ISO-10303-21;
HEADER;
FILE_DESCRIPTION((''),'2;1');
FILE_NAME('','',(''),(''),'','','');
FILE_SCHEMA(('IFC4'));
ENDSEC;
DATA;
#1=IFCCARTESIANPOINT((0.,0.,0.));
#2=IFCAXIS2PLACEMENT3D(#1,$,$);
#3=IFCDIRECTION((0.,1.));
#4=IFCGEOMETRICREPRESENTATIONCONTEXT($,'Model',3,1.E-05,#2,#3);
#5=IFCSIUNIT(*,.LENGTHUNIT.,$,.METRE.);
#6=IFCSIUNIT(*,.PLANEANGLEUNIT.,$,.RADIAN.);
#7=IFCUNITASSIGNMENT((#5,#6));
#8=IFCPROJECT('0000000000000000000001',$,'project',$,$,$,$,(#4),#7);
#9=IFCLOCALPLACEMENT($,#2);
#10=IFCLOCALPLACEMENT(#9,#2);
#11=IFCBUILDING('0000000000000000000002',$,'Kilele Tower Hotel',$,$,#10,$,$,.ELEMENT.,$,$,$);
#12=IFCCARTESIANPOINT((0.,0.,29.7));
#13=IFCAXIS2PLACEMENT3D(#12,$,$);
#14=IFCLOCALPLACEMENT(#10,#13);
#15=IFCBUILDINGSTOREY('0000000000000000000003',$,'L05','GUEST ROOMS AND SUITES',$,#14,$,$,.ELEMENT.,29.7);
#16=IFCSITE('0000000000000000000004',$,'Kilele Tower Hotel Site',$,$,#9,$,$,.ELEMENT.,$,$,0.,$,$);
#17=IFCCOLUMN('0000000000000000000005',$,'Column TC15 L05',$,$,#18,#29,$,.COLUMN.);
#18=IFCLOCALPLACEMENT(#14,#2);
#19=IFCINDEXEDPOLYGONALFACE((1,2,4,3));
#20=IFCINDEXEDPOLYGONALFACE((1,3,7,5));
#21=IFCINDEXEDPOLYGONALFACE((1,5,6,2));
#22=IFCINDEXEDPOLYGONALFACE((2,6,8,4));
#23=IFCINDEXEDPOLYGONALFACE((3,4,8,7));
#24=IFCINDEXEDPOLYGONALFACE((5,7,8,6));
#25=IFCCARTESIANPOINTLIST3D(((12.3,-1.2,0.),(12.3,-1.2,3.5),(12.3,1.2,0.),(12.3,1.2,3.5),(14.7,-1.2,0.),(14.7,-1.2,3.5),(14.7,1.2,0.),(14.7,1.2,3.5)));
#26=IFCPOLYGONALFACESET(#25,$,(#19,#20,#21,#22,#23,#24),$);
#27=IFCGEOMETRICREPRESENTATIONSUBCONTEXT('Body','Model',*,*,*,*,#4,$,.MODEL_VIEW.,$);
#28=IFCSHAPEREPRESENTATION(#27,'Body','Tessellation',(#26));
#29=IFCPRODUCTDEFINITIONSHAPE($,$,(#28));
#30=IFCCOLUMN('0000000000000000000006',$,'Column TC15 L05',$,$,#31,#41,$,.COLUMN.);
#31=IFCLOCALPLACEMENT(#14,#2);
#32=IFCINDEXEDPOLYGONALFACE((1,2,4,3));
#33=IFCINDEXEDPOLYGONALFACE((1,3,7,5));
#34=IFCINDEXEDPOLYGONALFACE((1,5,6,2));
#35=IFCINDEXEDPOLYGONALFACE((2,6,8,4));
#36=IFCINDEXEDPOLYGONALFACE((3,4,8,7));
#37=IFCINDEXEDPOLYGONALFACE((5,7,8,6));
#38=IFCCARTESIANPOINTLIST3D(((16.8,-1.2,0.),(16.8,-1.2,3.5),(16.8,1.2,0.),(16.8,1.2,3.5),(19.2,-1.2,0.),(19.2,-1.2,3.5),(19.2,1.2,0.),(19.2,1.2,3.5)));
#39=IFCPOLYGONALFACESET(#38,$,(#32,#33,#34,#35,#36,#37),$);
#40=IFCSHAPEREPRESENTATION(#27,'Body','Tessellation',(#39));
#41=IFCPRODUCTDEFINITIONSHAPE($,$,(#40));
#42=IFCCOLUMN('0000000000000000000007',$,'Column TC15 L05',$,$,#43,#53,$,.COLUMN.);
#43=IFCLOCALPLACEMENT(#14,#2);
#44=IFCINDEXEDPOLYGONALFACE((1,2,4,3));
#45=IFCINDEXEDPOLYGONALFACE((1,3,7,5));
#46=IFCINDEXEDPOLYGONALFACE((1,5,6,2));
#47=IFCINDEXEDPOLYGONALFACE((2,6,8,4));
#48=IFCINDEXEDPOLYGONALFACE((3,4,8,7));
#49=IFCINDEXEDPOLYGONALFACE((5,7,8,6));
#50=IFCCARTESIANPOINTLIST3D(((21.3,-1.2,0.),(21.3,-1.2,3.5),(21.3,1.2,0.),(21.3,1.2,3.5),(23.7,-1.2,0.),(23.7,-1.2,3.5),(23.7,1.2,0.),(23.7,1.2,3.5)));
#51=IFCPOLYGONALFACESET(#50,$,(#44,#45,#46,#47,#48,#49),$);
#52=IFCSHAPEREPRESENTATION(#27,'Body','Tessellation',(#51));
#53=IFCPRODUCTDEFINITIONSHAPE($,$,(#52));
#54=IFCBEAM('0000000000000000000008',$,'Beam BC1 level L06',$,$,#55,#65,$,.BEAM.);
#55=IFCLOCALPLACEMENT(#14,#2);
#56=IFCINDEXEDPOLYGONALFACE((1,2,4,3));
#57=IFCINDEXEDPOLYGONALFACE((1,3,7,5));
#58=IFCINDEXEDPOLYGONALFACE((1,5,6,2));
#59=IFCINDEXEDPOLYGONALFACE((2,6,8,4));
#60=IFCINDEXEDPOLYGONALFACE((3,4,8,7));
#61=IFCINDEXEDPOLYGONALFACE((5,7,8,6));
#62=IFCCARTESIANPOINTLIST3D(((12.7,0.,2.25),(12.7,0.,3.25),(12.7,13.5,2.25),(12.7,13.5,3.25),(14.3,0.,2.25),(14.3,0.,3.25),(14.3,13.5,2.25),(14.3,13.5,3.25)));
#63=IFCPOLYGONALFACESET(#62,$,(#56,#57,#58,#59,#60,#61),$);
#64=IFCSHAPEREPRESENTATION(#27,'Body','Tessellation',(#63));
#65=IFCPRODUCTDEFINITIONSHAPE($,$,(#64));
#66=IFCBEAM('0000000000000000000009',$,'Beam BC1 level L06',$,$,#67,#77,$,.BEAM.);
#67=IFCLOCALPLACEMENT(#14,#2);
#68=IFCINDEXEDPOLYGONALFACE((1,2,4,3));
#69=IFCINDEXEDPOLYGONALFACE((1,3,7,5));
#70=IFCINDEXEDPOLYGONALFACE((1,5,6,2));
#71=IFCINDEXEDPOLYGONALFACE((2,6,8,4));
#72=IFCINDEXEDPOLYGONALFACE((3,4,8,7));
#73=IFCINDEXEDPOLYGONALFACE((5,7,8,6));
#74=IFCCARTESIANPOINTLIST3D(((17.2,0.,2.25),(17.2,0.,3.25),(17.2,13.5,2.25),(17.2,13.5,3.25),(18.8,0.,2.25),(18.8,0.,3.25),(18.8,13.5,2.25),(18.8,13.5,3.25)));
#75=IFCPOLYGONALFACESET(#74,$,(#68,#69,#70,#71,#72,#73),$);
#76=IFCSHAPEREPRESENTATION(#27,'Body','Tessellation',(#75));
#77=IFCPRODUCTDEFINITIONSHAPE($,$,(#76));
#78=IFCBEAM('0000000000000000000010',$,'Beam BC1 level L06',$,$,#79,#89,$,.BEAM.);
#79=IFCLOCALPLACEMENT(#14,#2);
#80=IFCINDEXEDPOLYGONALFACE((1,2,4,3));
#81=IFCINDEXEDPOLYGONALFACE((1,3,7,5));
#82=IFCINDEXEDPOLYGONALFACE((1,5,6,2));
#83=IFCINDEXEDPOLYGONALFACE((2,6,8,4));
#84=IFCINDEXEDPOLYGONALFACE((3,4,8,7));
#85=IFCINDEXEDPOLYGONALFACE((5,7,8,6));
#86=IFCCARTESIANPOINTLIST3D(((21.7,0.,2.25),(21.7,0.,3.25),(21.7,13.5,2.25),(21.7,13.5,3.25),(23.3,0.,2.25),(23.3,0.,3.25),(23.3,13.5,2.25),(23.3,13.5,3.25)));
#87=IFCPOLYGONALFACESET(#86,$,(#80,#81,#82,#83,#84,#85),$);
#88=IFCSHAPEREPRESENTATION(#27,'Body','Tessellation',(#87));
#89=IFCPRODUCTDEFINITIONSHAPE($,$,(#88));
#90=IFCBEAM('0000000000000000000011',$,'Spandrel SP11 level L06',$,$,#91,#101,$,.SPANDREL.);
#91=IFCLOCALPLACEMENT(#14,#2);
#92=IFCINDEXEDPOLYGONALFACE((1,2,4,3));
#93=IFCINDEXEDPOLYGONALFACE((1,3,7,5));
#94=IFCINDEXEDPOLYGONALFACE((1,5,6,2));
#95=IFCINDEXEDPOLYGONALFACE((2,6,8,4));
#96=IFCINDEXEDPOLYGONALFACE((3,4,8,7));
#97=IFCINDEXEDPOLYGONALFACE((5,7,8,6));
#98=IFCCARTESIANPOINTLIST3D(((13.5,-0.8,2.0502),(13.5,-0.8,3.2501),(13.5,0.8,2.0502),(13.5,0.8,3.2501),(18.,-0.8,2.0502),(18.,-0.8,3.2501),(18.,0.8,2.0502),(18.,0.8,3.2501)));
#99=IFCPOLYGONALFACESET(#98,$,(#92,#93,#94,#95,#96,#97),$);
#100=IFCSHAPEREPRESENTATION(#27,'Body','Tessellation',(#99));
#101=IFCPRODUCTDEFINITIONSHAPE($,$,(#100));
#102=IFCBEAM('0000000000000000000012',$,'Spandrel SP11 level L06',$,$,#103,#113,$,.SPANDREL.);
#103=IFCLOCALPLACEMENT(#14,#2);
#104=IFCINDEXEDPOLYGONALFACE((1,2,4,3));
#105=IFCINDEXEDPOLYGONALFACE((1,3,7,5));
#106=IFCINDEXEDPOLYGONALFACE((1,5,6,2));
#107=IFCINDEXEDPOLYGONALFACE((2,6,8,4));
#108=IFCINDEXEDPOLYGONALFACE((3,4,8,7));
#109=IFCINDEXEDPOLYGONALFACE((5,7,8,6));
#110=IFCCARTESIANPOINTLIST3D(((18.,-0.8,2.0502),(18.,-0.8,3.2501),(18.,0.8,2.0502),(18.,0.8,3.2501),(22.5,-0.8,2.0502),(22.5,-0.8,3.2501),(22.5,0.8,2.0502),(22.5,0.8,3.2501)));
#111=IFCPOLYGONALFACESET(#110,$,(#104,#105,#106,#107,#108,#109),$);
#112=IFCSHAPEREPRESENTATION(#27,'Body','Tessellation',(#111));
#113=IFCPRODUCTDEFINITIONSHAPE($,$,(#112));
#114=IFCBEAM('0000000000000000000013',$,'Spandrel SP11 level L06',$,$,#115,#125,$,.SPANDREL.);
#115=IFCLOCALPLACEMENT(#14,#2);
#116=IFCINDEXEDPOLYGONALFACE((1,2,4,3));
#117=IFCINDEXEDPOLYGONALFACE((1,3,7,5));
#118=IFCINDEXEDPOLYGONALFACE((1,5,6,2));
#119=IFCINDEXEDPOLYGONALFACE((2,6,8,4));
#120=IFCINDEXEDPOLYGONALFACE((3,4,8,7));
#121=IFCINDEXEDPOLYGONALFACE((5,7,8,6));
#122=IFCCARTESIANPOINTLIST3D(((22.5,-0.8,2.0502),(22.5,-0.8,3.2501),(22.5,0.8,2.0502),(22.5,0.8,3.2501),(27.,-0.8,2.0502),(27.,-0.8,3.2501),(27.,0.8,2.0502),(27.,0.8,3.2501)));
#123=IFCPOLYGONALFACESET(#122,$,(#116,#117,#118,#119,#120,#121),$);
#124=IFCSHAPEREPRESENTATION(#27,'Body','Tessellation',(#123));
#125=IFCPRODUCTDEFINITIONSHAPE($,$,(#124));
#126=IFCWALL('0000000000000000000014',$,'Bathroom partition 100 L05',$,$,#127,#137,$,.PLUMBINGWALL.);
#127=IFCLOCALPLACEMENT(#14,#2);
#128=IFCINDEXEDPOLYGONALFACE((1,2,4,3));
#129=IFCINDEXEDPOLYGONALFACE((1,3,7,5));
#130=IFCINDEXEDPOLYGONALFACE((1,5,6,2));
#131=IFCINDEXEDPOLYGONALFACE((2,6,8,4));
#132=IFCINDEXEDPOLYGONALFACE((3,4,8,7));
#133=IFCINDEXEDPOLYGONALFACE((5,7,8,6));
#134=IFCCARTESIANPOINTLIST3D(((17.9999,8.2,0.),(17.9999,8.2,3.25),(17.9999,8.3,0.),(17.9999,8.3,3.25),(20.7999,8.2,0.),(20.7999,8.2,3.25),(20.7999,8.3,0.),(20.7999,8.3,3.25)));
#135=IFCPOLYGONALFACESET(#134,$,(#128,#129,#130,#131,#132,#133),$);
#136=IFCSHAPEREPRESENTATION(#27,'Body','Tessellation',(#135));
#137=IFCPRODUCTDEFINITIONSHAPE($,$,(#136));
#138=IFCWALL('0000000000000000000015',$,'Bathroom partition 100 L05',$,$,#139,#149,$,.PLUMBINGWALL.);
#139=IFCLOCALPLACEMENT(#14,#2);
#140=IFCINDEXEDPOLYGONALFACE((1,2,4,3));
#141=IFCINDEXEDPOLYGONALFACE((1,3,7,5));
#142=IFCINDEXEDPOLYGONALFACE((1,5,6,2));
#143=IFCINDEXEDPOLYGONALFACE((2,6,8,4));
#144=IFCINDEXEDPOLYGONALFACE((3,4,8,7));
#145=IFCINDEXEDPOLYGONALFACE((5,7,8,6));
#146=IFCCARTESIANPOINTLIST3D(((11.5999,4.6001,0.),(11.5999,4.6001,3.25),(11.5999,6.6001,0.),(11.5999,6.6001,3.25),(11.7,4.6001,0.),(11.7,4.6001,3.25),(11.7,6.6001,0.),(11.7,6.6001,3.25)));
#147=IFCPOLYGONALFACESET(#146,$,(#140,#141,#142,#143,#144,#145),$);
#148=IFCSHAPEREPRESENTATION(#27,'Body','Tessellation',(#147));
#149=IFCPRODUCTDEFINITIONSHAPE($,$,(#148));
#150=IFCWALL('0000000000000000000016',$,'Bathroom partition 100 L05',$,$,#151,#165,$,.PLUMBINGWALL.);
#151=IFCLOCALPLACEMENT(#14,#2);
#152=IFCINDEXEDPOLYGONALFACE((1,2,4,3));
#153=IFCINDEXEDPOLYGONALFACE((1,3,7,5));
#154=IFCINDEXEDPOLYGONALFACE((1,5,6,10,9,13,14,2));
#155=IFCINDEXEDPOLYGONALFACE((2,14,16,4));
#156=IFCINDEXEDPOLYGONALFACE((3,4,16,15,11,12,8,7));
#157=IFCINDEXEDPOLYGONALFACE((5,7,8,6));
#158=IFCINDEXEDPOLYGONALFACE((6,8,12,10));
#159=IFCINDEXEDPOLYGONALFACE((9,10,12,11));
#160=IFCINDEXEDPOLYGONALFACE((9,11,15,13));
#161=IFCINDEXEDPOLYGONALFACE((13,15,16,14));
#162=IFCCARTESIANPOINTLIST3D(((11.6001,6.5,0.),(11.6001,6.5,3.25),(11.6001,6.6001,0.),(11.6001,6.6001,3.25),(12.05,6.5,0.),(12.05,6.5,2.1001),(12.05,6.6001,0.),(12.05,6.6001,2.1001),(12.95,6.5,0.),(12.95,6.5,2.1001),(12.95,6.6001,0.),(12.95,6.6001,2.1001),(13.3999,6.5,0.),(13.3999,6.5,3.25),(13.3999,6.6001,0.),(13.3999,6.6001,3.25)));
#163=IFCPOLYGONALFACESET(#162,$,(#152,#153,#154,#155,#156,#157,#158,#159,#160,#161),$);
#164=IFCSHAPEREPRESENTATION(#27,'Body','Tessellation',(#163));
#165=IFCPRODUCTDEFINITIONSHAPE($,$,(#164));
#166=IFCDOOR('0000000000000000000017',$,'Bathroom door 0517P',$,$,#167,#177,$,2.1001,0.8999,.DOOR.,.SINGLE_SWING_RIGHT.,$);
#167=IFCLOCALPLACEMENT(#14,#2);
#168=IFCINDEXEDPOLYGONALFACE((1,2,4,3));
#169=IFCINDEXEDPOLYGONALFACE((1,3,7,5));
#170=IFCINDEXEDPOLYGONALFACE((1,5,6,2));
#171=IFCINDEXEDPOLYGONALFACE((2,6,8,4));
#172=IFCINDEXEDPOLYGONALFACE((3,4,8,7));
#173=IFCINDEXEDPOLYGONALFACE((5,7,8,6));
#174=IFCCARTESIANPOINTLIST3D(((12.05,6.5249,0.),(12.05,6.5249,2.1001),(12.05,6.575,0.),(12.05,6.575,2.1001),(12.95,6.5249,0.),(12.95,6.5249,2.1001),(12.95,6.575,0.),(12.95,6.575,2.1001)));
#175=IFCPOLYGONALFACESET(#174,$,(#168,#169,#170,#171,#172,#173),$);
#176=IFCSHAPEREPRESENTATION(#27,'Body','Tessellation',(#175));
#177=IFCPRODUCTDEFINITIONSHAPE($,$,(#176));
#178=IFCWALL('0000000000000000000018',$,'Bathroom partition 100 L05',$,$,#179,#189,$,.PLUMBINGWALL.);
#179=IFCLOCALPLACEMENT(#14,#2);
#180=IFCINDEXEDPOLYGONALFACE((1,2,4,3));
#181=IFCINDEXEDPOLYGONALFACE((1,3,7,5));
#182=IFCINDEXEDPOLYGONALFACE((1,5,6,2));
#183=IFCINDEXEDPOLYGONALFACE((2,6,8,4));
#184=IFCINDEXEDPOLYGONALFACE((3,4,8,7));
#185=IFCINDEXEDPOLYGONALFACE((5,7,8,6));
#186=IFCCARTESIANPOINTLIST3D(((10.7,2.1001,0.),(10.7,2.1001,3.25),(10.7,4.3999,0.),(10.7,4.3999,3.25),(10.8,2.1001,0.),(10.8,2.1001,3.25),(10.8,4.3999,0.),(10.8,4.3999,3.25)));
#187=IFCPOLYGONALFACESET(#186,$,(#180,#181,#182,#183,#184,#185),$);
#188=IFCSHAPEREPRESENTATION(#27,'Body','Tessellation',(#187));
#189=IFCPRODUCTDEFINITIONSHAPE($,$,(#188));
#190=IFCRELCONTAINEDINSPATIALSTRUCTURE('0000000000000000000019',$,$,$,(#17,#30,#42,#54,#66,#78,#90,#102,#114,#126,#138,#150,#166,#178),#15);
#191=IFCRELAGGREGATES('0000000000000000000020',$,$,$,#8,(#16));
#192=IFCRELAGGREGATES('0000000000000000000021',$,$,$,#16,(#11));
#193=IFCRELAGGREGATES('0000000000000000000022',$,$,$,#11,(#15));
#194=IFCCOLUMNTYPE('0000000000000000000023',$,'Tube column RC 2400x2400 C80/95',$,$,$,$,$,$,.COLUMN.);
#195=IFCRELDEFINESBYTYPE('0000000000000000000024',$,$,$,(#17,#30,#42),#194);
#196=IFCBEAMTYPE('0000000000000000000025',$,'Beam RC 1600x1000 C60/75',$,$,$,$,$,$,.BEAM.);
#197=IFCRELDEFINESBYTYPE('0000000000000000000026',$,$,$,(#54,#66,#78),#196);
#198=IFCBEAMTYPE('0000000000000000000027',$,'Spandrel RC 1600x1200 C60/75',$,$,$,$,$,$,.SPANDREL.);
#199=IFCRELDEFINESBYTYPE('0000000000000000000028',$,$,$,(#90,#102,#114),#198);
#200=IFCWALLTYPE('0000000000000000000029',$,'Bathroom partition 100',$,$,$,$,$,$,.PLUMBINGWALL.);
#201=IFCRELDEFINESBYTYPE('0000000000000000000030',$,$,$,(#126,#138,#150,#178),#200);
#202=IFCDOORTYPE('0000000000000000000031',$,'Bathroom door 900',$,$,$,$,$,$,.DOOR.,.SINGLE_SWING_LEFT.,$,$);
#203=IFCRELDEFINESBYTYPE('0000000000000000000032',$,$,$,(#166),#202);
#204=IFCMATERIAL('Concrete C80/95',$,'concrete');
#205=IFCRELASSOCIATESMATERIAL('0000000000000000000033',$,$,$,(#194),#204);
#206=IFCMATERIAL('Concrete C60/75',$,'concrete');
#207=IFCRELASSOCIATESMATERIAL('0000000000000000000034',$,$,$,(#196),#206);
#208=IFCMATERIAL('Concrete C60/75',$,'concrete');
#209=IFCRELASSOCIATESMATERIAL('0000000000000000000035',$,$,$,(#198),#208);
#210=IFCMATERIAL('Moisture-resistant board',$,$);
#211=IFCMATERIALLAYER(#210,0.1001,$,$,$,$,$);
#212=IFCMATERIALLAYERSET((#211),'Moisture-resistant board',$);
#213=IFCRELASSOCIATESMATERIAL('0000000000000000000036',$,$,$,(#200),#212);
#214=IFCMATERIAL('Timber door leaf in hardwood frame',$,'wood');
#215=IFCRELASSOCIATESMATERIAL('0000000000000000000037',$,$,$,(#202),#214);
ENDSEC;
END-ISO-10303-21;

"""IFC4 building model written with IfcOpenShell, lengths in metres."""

from ifc_helpers import new_model, si_unit, direction, frame, frame_2d, origin, origin_2d, place, context, subcontext, project, spatial, rectangle, extrude, material, layer, layer_set, material_profile, profile_set, type_object, element, fill, save


model = new_model("IFC4")

# Units and contexts
model_context = context("Model", 3, precision=1e-05, world=origin(), true_north=direction((0.0, 1.0)))
body_context = subcontext(model_context, "Body", "Model", "MODEL_VIEW")
ifc_project = project(units=[si_unit("LENGTHUNIT", "METRE"), si_unit("PLANEANGLEUNIT", "RADIAN")], contexts=[model_context])

# Site, building, storey
site_placement = place(None, origin())
site = spatial("IfcSite", under=ifc_project, at=site_placement, Name="Kilele Tower Hotel Site", CompositionType="ELEMENT", RefElevation=0.0)
building_placement = place(site_placement, origin())
building = spatial("IfcBuilding", under=site, at=building_placement, Name="Kilele Tower Hotel", CompositionType="ELEMENT")
storey_placement = place(building_placement, frame((0.0, 0.0, 29.7)))
storey = spatial("IfcBuildingStorey", under=building, at=storey_placement, Name="L05", Description="GUEST ROOMS AND SUITES", CompositionType="ELEMENT", Elevation=29.7)

# Columns
ifc_material_1 = material(Name="Concrete C80/95", Category="concrete")
ifc_material_profile_1 = material_profile(ifc_material_1, rectangle(XDim=2.3999, YDim=2.3999, at=origin_2d()))
ifc_profile_set_1 = profile_set([ifc_material_profile_1], Name="Concrete C80/95")
column_type = type_object("IfcColumnType", Name="Tube column RC 2400x2400 C80/95", PredefinedType="COLUMN", material=ifc_profile_set_1)
for number, where, z_axis, x_axis, name in (
    (1, (13.5, 0.0, 0.0), (0.0, 0.0, 1.0), (1.0, 0.0, 0.0), "Column TC15 L05"),
    (2, (18.0, 0.0, 0.0), (0.0, 0.0, 1.0), (1.0, 0.0, 0.0), "Column TC15 L05"),
    (3, (22.5, 0.0, 0.0), (0.0, 0.0, 1.0), (1.0, 0.0, 0.0), "Column TC15 L05"),
):
    element("IfcColumn", number, at=place(storey_placement, frame(where, z_axis=z_axis, x_axis=x_axis)), inside=storey, type_object=column_type, Name=name, PredefinedType="COLUMN", context=body_context, shape_type="SweptSolid", body=[
        extrude(rectangle(XDim=2.3999, YDim=2.3999, at=origin_2d()), origin(), (0.0, 0.0, 1.0), 3.5),
    ])

# Beams
ifc_material_2 = material(Name="Concrete C60/75", Category="concrete")
ifc_material_profile_2 = material_profile(ifc_material_2, rectangle(XDim=1.6001, YDim=1.0, at=origin_2d()))
ifc_profile_set_2 = profile_set([ifc_material_profile_2], Name="Concrete C60/75")
beam_type_1 = type_object("IfcBeamType", Name="Beam RC 1600x1000 C60/75", PredefinedType="BEAM", material=ifc_profile_set_2)
for number, where, z_axis, x_axis, name in (
    (4, (13.5, 0.0, 2.75), (0.0, 1.0, 0.0), (-1.0, 0.0, 0.0), "Beam BC1 level L06"),
    (5, (18.0, 0.0, 2.75), (0.0, 1.0, 0.0), (-1.0, 0.0, 0.0), "Beam BC1 level L06"),
    (6, (22.5, 0.0, 2.75), (0.0, 1.0, 0.0), (-1.0, 0.0, 0.0), "Beam BC1 level L06"),
):
    element("IfcBeam", number, at=place(storey_placement, frame(where, z_axis=z_axis, x_axis=x_axis)), inside=storey, type_object=beam_type_1, Name=name, PredefinedType="BEAM", context=body_context, shape_type="SweptSolid", body=[
        extrude(rectangle(XDim=1.6001, YDim=1.0, at=origin_2d()), origin(), (0.0, 0.0, 1.0), 13.5),
    ])
ifc_material_3 = material(Name="Concrete C60/75", Category="concrete")
ifc_material_profile_3 = material_profile(ifc_material_3, rectangle(XDim=1.6001, YDim=1.2, at=origin_2d()))
ifc_profile_set_3 = profile_set([ifc_material_profile_3], Name="Concrete C60/75")
beam_type_2 = type_object("IfcBeamType", Name="Spandrel RC 1600x1200 C60/75", PredefinedType="SPANDREL", material=ifc_profile_set_3)
for number, where, z_axis, x_axis, name in (
    (7, (13.5, 0.0, 2.6501), (1.0, 0.0, 0.0), (0.0, 1.0, 0.0), "Spandrel SP11 level L06"),
    (8, (18.0, 0.0, 2.6501), (1.0, 0.0, 0.0), (0.0, 1.0, 0.0), "Spandrel SP11 level L06"),
    (9, (22.5, 0.0, 2.6501), (1.0, 0.0, 0.0), (0.0, 1.0, 0.0), "Spandrel SP11 level L06"),
):
    element("IfcBeam", number, at=place(storey_placement, frame(where, z_axis=z_axis, x_axis=x_axis)), inside=storey, type_object=beam_type_2, Name=name, PredefinedType="SPANDREL", context=body_context, shape_type="SweptSolid", body=[
        extrude(rectangle(XDim=1.6001, YDim=1.2, at=origin_2d()), origin(), (0.0, 0.0, 1.0), 4.5),
    ])

# Walls
ifc_material_4 = material(Name="Moisture-resistant board")
ifc_layer_1 = layer(ifc_material_4, 0.1001)
ifc_layer_set_1 = layer_set([ifc_layer_1], Name="Moisture-resistant board")
wall_type_1 = type_object("IfcWallType", Name="Bathroom partition 100", PredefinedType="PLUMBINGWALL", material=ifc_layer_set_1)
wall_1_placement = place(storey_placement, frame((18.0, 8.25, 0.0), z_axis=(0.0, 0.0, 1.0), x_axis=(1.0, 0.0, 0.0)))
element("IfcWall", 10, at=wall_1_placement, inside=storey, type_object=wall_type_1, Name="Bathroom partition 100 L05", PredefinedType="PLUMBINGWALL", context=body_context, shape_type="SweptSolid", body=[
    extrude(rectangle(XDim=2.8, YDim=0.1001, at=frame_2d((1.3999, 0.0))), origin(), (0.0, 0.0, 1.0), 3.25),
])
wall_2_placement = place(storey_placement, frame((11.6499, 4.6001, 0.0), z_axis=(0.0, 0.0, 1.0), x_axis=(0.0, 1.0, 0.0)))
element("IfcWall", 11, at=wall_2_placement, inside=storey, type_object=wall_type_1, Name="Bathroom partition 100 L05", PredefinedType="PLUMBINGWALL", context=body_context, shape_type="SweptSolid", body=[
    extrude(rectangle(XDim=2.0, YDim=0.1001, at=frame_2d((1.0, 0.0))), origin(), (0.0, 0.0, 1.0), 3.25),
])

# Wall, opening, door
wall_3_placement = place(storey_placement, frame((13.3999, 6.55, 0.0), z_axis=(0.0, 0.0, 1.0), x_axis=(-1.0, 0.0, 0.0)))
wall_3 = element("IfcWall", 12, at=wall_3_placement, inside=storey, type_object=wall_type_1, Name="Bathroom partition 100 L05", PredefinedType="PLUMBINGWALL", context=body_context, shape_type="SweptSolid", body=[
    extrude(rectangle(XDim=1.7998, YDim=0.1001, at=frame_2d((0.8999, 0.0))), origin(), (0.0, 0.0, 1.0), 3.25),
])
opening_1_placement = place(wall_3_placement, frame((1.3499, 0.0, 0.0), z_axis=(0.0, 0.0, 1.0), x_axis=(-1.0, 0.0, 0.0)))
opening_1 = element("IfcOpeningElement", 13, at=opening_1_placement, cuts=wall_3, PredefinedType="OPENING", context=body_context, shape_type="SweptSolid", body=[
    extrude(rectangle(XDim=0.8999, YDim=2.1001, at=frame_2d((0.45, 1.05))), frame((0.0, 0.0601, 0.0), z_axis=(0.0, -1.0, 0.0), x_axis=(1.0, 0.0, 0.0)), (0.0, 0.0, 1.0), 0.1201),
])
ifc_material_5 = material(Name="Timber door leaf in hardwood frame", Category="wood")
door_type_1 = type_object("IfcDoorType", Name="Bathroom door 900", OperationType="SINGLE_SWING_LEFT", PredefinedType="DOOR", material=ifc_material_5)
door_1_placement = place(opening_1_placement, origin())
door_1 = element("IfcDoor", 14, at=door_1_placement, inside=storey, type_object=door_type_1, Name="Bathroom door 0517P", OperationType="SINGLE_SWING_RIGHT", OverallHeight=2.1001, OverallWidth=0.8999, PredefinedType="DOOR", context=body_context, shape_type="SweptSolid", body=[
    extrude(rectangle(XDim=0.8999, YDim=2.1001, at=frame_2d((0.45, 1.05))), frame((0.0, 0.0249, 0.0), z_axis=(0.0, -1.0, 0.0), x_axis=(1.0, 0.0, 0.0)), (0.0, 0.0, 1.0), 0.05),
])
fill(opening_1, door_1)

# Wall
wall_4_placement = place(storey_placement, frame((10.75, 4.3999, 0.0), z_axis=(0.0, 0.0, 1.0), x_axis=(0.0, -1.0, 0.0)))
element("IfcWall", 15, at=wall_4_placement, inside=storey, type_object=wall_type_1, Name="Bathroom partition 100 L05", PredefinedType="PLUMBINGWALL", context=body_context, shape_type="SweptSolid", body=[
    extrude(rectangle(XDim=2.2998, YDim=0.1001, at=frame_2d((1.1499, 0.0))), origin(), (0.0, 0.0, 1.0), 3.25),
])

save(model, "model.ifc")
